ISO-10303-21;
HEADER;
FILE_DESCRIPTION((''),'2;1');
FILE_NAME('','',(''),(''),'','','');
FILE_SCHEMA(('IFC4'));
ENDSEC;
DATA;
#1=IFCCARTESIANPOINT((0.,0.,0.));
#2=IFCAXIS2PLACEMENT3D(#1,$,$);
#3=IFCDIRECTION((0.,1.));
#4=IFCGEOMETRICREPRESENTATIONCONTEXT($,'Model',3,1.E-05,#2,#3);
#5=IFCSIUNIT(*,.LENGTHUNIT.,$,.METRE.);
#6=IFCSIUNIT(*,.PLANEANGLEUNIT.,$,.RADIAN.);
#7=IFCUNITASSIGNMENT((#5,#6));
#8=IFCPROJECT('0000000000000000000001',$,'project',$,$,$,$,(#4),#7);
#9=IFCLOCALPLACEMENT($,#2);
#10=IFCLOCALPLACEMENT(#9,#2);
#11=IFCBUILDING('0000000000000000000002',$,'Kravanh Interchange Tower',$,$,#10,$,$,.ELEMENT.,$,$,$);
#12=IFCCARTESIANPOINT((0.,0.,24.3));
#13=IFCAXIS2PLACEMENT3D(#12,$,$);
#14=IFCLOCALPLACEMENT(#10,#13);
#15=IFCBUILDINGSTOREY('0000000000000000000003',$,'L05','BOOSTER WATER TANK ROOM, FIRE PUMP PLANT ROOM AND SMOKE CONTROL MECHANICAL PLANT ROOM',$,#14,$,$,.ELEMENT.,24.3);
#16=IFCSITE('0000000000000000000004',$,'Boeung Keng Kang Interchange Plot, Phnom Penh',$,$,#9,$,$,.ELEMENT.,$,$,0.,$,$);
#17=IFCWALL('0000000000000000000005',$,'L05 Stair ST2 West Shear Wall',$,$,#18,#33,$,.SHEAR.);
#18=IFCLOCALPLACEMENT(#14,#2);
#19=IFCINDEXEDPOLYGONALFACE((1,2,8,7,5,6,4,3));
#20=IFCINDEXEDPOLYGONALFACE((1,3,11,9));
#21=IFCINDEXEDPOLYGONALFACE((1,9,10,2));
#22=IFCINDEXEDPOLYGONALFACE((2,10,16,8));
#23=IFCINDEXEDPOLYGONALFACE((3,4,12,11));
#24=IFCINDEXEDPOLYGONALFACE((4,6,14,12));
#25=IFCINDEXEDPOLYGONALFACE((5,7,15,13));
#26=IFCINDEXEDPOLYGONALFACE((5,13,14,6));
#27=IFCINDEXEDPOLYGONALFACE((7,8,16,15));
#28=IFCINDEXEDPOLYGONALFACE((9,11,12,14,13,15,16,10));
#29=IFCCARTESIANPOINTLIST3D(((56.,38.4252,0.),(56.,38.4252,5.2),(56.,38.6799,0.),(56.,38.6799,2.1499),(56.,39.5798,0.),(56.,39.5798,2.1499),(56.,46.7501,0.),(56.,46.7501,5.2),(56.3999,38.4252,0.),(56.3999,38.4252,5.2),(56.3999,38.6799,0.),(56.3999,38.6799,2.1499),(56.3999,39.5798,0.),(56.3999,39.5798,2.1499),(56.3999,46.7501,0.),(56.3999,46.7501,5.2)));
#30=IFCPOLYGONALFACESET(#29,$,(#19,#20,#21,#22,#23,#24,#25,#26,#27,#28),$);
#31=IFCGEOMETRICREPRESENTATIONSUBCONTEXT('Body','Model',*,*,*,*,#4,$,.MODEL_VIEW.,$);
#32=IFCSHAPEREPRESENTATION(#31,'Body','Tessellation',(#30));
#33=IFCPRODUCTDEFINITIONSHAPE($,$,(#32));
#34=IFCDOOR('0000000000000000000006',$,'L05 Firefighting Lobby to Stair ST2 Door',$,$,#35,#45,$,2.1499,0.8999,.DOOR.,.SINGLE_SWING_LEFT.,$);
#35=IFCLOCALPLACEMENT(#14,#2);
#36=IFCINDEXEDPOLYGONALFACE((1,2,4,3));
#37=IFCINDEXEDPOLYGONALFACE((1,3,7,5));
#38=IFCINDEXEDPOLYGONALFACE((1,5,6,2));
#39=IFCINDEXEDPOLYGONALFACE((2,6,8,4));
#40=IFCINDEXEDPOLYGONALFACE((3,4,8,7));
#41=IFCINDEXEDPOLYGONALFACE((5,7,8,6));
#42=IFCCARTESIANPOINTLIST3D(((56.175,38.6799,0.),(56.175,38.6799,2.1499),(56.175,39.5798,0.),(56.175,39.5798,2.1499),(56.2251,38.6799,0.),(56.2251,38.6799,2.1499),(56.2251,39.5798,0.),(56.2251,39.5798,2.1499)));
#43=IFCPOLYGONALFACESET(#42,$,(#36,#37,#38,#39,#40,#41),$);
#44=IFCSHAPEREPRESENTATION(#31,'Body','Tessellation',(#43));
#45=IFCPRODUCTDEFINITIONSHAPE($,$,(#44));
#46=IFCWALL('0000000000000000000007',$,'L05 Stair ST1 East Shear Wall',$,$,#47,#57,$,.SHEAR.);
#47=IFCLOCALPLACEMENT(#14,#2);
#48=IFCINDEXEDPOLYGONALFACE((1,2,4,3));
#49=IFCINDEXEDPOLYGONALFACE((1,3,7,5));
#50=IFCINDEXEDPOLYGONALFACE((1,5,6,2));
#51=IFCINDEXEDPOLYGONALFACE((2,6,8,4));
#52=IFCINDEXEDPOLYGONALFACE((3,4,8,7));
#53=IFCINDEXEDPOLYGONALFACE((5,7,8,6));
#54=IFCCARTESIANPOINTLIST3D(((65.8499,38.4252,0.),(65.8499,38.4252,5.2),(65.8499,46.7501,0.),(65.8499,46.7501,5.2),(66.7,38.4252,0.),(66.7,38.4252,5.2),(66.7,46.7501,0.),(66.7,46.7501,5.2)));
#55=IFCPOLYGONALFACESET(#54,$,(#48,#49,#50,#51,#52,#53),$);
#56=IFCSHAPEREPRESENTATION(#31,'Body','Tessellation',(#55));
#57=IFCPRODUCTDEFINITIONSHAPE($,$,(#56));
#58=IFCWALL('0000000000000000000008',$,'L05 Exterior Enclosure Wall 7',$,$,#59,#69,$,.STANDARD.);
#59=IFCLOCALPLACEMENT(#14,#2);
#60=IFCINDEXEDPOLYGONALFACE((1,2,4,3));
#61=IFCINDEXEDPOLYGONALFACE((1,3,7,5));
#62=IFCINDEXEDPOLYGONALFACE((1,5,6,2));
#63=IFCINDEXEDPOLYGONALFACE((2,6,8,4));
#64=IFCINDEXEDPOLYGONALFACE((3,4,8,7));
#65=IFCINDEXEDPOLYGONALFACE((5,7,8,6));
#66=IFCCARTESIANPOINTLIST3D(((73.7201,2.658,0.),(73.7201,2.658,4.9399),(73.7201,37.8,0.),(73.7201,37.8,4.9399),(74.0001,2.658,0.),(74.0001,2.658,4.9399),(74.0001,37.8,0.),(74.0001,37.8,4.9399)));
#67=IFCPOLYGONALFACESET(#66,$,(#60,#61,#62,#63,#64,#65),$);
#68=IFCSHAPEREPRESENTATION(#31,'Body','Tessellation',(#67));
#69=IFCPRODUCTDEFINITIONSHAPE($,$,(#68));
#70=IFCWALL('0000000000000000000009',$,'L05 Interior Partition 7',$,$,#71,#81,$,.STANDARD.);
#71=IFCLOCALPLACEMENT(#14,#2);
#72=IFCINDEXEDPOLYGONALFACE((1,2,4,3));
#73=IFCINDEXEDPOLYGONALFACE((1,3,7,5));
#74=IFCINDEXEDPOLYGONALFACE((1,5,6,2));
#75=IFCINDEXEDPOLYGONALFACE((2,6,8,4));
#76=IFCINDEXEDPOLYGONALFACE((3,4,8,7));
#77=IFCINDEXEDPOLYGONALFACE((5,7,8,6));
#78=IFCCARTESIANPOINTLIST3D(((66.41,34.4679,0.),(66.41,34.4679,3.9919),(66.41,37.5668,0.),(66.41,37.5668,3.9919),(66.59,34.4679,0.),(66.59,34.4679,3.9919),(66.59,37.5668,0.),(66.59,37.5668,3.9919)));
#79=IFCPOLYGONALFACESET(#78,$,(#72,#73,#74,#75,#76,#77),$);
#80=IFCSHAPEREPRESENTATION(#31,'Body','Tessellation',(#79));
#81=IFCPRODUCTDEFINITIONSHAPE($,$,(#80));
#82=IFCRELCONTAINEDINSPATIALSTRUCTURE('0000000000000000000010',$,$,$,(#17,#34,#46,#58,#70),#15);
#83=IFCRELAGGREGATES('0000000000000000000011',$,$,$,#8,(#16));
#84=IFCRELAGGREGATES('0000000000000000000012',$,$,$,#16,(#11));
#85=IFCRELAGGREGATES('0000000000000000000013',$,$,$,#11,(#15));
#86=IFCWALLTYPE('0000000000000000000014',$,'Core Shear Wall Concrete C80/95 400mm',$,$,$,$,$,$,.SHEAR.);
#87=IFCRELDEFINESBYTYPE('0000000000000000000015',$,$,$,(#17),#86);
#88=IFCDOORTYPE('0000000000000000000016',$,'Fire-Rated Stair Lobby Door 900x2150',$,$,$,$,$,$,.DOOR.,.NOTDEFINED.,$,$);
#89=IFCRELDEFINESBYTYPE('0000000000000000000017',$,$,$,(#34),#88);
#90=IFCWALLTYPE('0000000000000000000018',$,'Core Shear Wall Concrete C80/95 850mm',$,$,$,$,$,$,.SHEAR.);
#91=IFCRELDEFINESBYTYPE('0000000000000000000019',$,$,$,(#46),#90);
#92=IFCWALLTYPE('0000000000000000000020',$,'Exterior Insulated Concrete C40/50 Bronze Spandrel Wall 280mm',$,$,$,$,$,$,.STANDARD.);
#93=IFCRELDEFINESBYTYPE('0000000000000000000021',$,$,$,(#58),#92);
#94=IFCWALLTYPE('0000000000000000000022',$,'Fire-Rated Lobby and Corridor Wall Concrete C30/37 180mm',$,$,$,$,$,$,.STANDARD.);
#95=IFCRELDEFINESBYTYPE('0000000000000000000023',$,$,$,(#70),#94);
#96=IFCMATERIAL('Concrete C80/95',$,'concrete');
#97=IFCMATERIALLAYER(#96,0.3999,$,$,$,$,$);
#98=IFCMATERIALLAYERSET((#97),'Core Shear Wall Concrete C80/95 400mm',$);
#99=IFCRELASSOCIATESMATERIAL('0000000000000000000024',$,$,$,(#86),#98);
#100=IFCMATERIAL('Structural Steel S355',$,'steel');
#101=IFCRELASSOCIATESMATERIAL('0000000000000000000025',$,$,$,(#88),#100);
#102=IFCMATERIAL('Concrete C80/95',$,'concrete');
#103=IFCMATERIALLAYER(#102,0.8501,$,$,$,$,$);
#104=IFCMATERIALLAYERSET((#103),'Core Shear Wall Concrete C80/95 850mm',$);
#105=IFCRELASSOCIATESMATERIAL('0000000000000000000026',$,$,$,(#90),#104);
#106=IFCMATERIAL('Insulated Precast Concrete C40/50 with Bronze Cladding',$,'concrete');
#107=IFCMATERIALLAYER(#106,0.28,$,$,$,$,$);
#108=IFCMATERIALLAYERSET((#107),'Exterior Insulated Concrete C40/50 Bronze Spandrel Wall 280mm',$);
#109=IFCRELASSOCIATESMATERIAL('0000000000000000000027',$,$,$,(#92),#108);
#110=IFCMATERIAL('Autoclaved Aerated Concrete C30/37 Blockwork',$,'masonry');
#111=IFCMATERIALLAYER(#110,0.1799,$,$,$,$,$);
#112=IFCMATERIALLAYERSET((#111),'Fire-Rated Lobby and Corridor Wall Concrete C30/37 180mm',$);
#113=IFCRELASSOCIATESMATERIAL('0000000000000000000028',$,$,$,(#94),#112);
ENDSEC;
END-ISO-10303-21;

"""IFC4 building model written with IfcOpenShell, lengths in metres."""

from ifc_helpers import new_model, si_unit, direction, frame, frame_2d, origin, place, context, subcontext, project, spatial, rectangle, extrude, material, layer, layer_set, type_object, element, fill, save


model = new_model("IFC4")

# Units and contexts
model_context = context("Model", 3, precision=1e-05, world=origin(), true_north=direction((0.0, 1.0)))
body_context = subcontext(model_context, "Body", "Model", "MODEL_VIEW")
ifc_project = project(units=[si_unit("LENGTHUNIT", "METRE"), si_unit("PLANEANGLEUNIT", "RADIAN")], contexts=[model_context])

# Site, building, storey
site_placement = place(None, origin())
site = spatial("IfcSite", under=ifc_project, at=site_placement, Name="Boeung Keng Kang Interchange Plot, Phnom Penh", CompositionType="ELEMENT", RefElevation=0.0)
building_placement = place(site_placement, origin())
building = spatial("IfcBuilding", under=site, at=building_placement, Name="Kravanh Interchange Tower", CompositionType="ELEMENT")
storey_placement = place(building_placement, frame((0.0, 0.0, 24.3)))
storey = spatial("IfcBuildingStorey", under=building, at=storey_placement, Name="L05", Description="BOOSTER WATER TANK ROOM, FIRE PUMP PLANT ROOM AND SMOKE CONTROL MECHANICAL PLANT ROOM", CompositionType="ELEMENT", Elevation=24.3)

# Shared definitions
ifc_material_1 = material(Name="Concrete C80/95", Category="concrete")
ifc_layer_1 = layer(ifc_material_1, 0.3999)
ifc_layer_set_1 = layer_set([ifc_layer_1], Name="Core Shear Wall Concrete C80/95 400mm")
wall_type_1 = type_object("IfcWallType", Name="Core Shear Wall Concrete C80/95 400mm", PredefinedType="SHEAR", material=ifc_layer_set_1)

# Wall, opening, door
wall_1_placement = place(storey_placement, frame((56.2, 38.425, 0.0), z_axis=(0.0, 0.0, 1.0), x_axis=(0.0, 1.0, 0.0)))
wall_1 = element("IfcWall", 1, at=wall_1_placement, inside=storey, type_object=wall_type_1, Name="L05 Stair ST2 West Shear Wall", PredefinedType="SHEAR", context=body_context, shape_type="SweptSolid", body=[
    extrude(rectangle(XDim=8.325, YDim=0.3999, at=frame_2d((4.1626, 0.0))), origin(), (0.0, 0.0, 1.0), 5.2),
])
opening_placement = place(wall_1_placement, frame((0.2549, 0.0, 0.0)))
opening = element("IfcOpeningElement", 2, at=opening_placement, cuts=wall_1, PredefinedType="OPENING", context=body_context, shape_type="SweptSolid", body=[
    extrude(rectangle(XDim=0.8999, YDim=2.1499, at=frame_2d((0.45, 1.075))), frame((0.0, 0.21, 0.0), z_axis=(0.0, -1.0, 0.0), x_axis=(1.0, 0.0, 0.0)), (0.0, 0.0, 1.0), 0.4199),
])
ifc_material_2 = material(Name="Structural Steel S355", Category="steel")
door_type = type_object("IfcDoorType", Name="Fire-Rated Stair Lobby Door 900x2150", OperationType="NOTDEFINED", PredefinedType="DOOR", material=ifc_material_2)
door_placement = place(opening_placement, origin())
door = element("IfcDoor", 3, at=door_placement, inside=storey, type_object=door_type, Name="L05 Firefighting Lobby to Stair ST2 Door", OperationType="SINGLE_SWING_LEFT", OverallHeight=2.1499, OverallWidth=0.8999, PredefinedType="DOOR", context=body_context, shape_type="SweptSolid", body=[
    extrude(rectangle(XDim=0.8999, YDim=2.1499, at=frame_2d((0.45, 1.075))), frame((0.0, 0.0249, 0.0), z_axis=(0.0, -1.0, 0.0), x_axis=(1.0, 0.0, 0.0)), (0.0, 0.0, 1.0), 0.05),
])
fill(opening, door)

# Walls
ifc_material_3 = material(Name="Concrete C80/95", Category="concrete")
ifc_layer_2 = layer(ifc_material_3, 0.8501)
ifc_layer_set_2 = layer_set([ifc_layer_2], Name="Core Shear Wall Concrete C80/95 850mm")
wall_type_2 = type_object("IfcWallType", Name="Core Shear Wall Concrete C80/95 850mm", PredefinedType="SHEAR", material=ifc_layer_set_2)
wall_2_placement = place(storey_placement, frame((66.2749, 38.425, 0.0), z_axis=(0.0, 0.0, 1.0), x_axis=(0.0, 1.0, 0.0)))
element("IfcWall", 4, at=wall_2_placement, inside=storey, type_object=wall_type_2, Name="L05 Stair ST1 East Shear Wall", PredefinedType="SHEAR", context=body_context, shape_type="SweptSolid", body=[
    extrude(rectangle(XDim=8.325, YDim=0.8501, at=frame_2d((4.1626, 0.0))), origin(), (0.0, 0.0, 1.0), 5.2),
])
ifc_material_4 = material(Name="Insulated Precast Concrete C40/50 with Bronze Cladding", Category="concrete")
ifc_layer_3 = layer(ifc_material_4, 0.28)
ifc_layer_set_3 = layer_set([ifc_layer_3], Name="Exterior Insulated Concrete C40/50 Bronze Spandrel Wall 280mm")
wall_type_3 = type_object("IfcWallType", Name="Exterior Insulated Concrete C40/50 Bronze Spandrel Wall 280mm", PredefinedType="STANDARD", material=ifc_layer_set_3)
wall_3_placement = place(storey_placement, frame((73.8601, 37.8, 0.0), z_axis=(0.0, 0.0, 1.0), x_axis=(0.0, -1.0, 0.0)))
element("IfcWall", 5, at=wall_3_placement, inside=storey, type_object=wall_type_3, Name="L05 Exterior Enclosure Wall 7", PredefinedType="STANDARD", context=body_context, shape_type="SweptSolid", body=[
    extrude(rectangle(XDim=35.1421, YDim=0.28, at=frame_2d((17.571, 0.0))), origin(), (0.0, 0.0, 1.0), 4.9399),
])
ifc_material_5 = material(Name="Autoclaved Aerated Concrete C30/37 Blockwork", Category="masonry")
ifc_layer_4 = layer(ifc_material_5, 0.1799)
ifc_layer_set_4 = layer_set([ifc_layer_4], Name="Fire-Rated Lobby and Corridor Wall Concrete C30/37 180mm")
wall_type_4 = type_object("IfcWallType", Name="Fire-Rated Lobby and Corridor Wall Concrete C30/37 180mm", PredefinedType="STANDARD", material=ifc_layer_set_4)
wall_4_placement = place(storey_placement, frame((66.5, 34.468, 0.0), z_axis=(0.0, 0.0, 1.0), x_axis=(0.0, 1.0, 0.0)))
element("IfcWall", 6, at=wall_4_placement, inside=storey, type_object=wall_type_4, Name="L05 Interior Partition 7", PredefinedType="STANDARD", context=body_context, shape_type="SweptSolid", body=[
    extrude(rectangle(XDim=3.0989, YDim=0.1799, at=frame_2d((1.5493, 0.0))), origin(), (0.0, 0.0, 1.0), 3.9919),
])

save(model, "model.ifc")
